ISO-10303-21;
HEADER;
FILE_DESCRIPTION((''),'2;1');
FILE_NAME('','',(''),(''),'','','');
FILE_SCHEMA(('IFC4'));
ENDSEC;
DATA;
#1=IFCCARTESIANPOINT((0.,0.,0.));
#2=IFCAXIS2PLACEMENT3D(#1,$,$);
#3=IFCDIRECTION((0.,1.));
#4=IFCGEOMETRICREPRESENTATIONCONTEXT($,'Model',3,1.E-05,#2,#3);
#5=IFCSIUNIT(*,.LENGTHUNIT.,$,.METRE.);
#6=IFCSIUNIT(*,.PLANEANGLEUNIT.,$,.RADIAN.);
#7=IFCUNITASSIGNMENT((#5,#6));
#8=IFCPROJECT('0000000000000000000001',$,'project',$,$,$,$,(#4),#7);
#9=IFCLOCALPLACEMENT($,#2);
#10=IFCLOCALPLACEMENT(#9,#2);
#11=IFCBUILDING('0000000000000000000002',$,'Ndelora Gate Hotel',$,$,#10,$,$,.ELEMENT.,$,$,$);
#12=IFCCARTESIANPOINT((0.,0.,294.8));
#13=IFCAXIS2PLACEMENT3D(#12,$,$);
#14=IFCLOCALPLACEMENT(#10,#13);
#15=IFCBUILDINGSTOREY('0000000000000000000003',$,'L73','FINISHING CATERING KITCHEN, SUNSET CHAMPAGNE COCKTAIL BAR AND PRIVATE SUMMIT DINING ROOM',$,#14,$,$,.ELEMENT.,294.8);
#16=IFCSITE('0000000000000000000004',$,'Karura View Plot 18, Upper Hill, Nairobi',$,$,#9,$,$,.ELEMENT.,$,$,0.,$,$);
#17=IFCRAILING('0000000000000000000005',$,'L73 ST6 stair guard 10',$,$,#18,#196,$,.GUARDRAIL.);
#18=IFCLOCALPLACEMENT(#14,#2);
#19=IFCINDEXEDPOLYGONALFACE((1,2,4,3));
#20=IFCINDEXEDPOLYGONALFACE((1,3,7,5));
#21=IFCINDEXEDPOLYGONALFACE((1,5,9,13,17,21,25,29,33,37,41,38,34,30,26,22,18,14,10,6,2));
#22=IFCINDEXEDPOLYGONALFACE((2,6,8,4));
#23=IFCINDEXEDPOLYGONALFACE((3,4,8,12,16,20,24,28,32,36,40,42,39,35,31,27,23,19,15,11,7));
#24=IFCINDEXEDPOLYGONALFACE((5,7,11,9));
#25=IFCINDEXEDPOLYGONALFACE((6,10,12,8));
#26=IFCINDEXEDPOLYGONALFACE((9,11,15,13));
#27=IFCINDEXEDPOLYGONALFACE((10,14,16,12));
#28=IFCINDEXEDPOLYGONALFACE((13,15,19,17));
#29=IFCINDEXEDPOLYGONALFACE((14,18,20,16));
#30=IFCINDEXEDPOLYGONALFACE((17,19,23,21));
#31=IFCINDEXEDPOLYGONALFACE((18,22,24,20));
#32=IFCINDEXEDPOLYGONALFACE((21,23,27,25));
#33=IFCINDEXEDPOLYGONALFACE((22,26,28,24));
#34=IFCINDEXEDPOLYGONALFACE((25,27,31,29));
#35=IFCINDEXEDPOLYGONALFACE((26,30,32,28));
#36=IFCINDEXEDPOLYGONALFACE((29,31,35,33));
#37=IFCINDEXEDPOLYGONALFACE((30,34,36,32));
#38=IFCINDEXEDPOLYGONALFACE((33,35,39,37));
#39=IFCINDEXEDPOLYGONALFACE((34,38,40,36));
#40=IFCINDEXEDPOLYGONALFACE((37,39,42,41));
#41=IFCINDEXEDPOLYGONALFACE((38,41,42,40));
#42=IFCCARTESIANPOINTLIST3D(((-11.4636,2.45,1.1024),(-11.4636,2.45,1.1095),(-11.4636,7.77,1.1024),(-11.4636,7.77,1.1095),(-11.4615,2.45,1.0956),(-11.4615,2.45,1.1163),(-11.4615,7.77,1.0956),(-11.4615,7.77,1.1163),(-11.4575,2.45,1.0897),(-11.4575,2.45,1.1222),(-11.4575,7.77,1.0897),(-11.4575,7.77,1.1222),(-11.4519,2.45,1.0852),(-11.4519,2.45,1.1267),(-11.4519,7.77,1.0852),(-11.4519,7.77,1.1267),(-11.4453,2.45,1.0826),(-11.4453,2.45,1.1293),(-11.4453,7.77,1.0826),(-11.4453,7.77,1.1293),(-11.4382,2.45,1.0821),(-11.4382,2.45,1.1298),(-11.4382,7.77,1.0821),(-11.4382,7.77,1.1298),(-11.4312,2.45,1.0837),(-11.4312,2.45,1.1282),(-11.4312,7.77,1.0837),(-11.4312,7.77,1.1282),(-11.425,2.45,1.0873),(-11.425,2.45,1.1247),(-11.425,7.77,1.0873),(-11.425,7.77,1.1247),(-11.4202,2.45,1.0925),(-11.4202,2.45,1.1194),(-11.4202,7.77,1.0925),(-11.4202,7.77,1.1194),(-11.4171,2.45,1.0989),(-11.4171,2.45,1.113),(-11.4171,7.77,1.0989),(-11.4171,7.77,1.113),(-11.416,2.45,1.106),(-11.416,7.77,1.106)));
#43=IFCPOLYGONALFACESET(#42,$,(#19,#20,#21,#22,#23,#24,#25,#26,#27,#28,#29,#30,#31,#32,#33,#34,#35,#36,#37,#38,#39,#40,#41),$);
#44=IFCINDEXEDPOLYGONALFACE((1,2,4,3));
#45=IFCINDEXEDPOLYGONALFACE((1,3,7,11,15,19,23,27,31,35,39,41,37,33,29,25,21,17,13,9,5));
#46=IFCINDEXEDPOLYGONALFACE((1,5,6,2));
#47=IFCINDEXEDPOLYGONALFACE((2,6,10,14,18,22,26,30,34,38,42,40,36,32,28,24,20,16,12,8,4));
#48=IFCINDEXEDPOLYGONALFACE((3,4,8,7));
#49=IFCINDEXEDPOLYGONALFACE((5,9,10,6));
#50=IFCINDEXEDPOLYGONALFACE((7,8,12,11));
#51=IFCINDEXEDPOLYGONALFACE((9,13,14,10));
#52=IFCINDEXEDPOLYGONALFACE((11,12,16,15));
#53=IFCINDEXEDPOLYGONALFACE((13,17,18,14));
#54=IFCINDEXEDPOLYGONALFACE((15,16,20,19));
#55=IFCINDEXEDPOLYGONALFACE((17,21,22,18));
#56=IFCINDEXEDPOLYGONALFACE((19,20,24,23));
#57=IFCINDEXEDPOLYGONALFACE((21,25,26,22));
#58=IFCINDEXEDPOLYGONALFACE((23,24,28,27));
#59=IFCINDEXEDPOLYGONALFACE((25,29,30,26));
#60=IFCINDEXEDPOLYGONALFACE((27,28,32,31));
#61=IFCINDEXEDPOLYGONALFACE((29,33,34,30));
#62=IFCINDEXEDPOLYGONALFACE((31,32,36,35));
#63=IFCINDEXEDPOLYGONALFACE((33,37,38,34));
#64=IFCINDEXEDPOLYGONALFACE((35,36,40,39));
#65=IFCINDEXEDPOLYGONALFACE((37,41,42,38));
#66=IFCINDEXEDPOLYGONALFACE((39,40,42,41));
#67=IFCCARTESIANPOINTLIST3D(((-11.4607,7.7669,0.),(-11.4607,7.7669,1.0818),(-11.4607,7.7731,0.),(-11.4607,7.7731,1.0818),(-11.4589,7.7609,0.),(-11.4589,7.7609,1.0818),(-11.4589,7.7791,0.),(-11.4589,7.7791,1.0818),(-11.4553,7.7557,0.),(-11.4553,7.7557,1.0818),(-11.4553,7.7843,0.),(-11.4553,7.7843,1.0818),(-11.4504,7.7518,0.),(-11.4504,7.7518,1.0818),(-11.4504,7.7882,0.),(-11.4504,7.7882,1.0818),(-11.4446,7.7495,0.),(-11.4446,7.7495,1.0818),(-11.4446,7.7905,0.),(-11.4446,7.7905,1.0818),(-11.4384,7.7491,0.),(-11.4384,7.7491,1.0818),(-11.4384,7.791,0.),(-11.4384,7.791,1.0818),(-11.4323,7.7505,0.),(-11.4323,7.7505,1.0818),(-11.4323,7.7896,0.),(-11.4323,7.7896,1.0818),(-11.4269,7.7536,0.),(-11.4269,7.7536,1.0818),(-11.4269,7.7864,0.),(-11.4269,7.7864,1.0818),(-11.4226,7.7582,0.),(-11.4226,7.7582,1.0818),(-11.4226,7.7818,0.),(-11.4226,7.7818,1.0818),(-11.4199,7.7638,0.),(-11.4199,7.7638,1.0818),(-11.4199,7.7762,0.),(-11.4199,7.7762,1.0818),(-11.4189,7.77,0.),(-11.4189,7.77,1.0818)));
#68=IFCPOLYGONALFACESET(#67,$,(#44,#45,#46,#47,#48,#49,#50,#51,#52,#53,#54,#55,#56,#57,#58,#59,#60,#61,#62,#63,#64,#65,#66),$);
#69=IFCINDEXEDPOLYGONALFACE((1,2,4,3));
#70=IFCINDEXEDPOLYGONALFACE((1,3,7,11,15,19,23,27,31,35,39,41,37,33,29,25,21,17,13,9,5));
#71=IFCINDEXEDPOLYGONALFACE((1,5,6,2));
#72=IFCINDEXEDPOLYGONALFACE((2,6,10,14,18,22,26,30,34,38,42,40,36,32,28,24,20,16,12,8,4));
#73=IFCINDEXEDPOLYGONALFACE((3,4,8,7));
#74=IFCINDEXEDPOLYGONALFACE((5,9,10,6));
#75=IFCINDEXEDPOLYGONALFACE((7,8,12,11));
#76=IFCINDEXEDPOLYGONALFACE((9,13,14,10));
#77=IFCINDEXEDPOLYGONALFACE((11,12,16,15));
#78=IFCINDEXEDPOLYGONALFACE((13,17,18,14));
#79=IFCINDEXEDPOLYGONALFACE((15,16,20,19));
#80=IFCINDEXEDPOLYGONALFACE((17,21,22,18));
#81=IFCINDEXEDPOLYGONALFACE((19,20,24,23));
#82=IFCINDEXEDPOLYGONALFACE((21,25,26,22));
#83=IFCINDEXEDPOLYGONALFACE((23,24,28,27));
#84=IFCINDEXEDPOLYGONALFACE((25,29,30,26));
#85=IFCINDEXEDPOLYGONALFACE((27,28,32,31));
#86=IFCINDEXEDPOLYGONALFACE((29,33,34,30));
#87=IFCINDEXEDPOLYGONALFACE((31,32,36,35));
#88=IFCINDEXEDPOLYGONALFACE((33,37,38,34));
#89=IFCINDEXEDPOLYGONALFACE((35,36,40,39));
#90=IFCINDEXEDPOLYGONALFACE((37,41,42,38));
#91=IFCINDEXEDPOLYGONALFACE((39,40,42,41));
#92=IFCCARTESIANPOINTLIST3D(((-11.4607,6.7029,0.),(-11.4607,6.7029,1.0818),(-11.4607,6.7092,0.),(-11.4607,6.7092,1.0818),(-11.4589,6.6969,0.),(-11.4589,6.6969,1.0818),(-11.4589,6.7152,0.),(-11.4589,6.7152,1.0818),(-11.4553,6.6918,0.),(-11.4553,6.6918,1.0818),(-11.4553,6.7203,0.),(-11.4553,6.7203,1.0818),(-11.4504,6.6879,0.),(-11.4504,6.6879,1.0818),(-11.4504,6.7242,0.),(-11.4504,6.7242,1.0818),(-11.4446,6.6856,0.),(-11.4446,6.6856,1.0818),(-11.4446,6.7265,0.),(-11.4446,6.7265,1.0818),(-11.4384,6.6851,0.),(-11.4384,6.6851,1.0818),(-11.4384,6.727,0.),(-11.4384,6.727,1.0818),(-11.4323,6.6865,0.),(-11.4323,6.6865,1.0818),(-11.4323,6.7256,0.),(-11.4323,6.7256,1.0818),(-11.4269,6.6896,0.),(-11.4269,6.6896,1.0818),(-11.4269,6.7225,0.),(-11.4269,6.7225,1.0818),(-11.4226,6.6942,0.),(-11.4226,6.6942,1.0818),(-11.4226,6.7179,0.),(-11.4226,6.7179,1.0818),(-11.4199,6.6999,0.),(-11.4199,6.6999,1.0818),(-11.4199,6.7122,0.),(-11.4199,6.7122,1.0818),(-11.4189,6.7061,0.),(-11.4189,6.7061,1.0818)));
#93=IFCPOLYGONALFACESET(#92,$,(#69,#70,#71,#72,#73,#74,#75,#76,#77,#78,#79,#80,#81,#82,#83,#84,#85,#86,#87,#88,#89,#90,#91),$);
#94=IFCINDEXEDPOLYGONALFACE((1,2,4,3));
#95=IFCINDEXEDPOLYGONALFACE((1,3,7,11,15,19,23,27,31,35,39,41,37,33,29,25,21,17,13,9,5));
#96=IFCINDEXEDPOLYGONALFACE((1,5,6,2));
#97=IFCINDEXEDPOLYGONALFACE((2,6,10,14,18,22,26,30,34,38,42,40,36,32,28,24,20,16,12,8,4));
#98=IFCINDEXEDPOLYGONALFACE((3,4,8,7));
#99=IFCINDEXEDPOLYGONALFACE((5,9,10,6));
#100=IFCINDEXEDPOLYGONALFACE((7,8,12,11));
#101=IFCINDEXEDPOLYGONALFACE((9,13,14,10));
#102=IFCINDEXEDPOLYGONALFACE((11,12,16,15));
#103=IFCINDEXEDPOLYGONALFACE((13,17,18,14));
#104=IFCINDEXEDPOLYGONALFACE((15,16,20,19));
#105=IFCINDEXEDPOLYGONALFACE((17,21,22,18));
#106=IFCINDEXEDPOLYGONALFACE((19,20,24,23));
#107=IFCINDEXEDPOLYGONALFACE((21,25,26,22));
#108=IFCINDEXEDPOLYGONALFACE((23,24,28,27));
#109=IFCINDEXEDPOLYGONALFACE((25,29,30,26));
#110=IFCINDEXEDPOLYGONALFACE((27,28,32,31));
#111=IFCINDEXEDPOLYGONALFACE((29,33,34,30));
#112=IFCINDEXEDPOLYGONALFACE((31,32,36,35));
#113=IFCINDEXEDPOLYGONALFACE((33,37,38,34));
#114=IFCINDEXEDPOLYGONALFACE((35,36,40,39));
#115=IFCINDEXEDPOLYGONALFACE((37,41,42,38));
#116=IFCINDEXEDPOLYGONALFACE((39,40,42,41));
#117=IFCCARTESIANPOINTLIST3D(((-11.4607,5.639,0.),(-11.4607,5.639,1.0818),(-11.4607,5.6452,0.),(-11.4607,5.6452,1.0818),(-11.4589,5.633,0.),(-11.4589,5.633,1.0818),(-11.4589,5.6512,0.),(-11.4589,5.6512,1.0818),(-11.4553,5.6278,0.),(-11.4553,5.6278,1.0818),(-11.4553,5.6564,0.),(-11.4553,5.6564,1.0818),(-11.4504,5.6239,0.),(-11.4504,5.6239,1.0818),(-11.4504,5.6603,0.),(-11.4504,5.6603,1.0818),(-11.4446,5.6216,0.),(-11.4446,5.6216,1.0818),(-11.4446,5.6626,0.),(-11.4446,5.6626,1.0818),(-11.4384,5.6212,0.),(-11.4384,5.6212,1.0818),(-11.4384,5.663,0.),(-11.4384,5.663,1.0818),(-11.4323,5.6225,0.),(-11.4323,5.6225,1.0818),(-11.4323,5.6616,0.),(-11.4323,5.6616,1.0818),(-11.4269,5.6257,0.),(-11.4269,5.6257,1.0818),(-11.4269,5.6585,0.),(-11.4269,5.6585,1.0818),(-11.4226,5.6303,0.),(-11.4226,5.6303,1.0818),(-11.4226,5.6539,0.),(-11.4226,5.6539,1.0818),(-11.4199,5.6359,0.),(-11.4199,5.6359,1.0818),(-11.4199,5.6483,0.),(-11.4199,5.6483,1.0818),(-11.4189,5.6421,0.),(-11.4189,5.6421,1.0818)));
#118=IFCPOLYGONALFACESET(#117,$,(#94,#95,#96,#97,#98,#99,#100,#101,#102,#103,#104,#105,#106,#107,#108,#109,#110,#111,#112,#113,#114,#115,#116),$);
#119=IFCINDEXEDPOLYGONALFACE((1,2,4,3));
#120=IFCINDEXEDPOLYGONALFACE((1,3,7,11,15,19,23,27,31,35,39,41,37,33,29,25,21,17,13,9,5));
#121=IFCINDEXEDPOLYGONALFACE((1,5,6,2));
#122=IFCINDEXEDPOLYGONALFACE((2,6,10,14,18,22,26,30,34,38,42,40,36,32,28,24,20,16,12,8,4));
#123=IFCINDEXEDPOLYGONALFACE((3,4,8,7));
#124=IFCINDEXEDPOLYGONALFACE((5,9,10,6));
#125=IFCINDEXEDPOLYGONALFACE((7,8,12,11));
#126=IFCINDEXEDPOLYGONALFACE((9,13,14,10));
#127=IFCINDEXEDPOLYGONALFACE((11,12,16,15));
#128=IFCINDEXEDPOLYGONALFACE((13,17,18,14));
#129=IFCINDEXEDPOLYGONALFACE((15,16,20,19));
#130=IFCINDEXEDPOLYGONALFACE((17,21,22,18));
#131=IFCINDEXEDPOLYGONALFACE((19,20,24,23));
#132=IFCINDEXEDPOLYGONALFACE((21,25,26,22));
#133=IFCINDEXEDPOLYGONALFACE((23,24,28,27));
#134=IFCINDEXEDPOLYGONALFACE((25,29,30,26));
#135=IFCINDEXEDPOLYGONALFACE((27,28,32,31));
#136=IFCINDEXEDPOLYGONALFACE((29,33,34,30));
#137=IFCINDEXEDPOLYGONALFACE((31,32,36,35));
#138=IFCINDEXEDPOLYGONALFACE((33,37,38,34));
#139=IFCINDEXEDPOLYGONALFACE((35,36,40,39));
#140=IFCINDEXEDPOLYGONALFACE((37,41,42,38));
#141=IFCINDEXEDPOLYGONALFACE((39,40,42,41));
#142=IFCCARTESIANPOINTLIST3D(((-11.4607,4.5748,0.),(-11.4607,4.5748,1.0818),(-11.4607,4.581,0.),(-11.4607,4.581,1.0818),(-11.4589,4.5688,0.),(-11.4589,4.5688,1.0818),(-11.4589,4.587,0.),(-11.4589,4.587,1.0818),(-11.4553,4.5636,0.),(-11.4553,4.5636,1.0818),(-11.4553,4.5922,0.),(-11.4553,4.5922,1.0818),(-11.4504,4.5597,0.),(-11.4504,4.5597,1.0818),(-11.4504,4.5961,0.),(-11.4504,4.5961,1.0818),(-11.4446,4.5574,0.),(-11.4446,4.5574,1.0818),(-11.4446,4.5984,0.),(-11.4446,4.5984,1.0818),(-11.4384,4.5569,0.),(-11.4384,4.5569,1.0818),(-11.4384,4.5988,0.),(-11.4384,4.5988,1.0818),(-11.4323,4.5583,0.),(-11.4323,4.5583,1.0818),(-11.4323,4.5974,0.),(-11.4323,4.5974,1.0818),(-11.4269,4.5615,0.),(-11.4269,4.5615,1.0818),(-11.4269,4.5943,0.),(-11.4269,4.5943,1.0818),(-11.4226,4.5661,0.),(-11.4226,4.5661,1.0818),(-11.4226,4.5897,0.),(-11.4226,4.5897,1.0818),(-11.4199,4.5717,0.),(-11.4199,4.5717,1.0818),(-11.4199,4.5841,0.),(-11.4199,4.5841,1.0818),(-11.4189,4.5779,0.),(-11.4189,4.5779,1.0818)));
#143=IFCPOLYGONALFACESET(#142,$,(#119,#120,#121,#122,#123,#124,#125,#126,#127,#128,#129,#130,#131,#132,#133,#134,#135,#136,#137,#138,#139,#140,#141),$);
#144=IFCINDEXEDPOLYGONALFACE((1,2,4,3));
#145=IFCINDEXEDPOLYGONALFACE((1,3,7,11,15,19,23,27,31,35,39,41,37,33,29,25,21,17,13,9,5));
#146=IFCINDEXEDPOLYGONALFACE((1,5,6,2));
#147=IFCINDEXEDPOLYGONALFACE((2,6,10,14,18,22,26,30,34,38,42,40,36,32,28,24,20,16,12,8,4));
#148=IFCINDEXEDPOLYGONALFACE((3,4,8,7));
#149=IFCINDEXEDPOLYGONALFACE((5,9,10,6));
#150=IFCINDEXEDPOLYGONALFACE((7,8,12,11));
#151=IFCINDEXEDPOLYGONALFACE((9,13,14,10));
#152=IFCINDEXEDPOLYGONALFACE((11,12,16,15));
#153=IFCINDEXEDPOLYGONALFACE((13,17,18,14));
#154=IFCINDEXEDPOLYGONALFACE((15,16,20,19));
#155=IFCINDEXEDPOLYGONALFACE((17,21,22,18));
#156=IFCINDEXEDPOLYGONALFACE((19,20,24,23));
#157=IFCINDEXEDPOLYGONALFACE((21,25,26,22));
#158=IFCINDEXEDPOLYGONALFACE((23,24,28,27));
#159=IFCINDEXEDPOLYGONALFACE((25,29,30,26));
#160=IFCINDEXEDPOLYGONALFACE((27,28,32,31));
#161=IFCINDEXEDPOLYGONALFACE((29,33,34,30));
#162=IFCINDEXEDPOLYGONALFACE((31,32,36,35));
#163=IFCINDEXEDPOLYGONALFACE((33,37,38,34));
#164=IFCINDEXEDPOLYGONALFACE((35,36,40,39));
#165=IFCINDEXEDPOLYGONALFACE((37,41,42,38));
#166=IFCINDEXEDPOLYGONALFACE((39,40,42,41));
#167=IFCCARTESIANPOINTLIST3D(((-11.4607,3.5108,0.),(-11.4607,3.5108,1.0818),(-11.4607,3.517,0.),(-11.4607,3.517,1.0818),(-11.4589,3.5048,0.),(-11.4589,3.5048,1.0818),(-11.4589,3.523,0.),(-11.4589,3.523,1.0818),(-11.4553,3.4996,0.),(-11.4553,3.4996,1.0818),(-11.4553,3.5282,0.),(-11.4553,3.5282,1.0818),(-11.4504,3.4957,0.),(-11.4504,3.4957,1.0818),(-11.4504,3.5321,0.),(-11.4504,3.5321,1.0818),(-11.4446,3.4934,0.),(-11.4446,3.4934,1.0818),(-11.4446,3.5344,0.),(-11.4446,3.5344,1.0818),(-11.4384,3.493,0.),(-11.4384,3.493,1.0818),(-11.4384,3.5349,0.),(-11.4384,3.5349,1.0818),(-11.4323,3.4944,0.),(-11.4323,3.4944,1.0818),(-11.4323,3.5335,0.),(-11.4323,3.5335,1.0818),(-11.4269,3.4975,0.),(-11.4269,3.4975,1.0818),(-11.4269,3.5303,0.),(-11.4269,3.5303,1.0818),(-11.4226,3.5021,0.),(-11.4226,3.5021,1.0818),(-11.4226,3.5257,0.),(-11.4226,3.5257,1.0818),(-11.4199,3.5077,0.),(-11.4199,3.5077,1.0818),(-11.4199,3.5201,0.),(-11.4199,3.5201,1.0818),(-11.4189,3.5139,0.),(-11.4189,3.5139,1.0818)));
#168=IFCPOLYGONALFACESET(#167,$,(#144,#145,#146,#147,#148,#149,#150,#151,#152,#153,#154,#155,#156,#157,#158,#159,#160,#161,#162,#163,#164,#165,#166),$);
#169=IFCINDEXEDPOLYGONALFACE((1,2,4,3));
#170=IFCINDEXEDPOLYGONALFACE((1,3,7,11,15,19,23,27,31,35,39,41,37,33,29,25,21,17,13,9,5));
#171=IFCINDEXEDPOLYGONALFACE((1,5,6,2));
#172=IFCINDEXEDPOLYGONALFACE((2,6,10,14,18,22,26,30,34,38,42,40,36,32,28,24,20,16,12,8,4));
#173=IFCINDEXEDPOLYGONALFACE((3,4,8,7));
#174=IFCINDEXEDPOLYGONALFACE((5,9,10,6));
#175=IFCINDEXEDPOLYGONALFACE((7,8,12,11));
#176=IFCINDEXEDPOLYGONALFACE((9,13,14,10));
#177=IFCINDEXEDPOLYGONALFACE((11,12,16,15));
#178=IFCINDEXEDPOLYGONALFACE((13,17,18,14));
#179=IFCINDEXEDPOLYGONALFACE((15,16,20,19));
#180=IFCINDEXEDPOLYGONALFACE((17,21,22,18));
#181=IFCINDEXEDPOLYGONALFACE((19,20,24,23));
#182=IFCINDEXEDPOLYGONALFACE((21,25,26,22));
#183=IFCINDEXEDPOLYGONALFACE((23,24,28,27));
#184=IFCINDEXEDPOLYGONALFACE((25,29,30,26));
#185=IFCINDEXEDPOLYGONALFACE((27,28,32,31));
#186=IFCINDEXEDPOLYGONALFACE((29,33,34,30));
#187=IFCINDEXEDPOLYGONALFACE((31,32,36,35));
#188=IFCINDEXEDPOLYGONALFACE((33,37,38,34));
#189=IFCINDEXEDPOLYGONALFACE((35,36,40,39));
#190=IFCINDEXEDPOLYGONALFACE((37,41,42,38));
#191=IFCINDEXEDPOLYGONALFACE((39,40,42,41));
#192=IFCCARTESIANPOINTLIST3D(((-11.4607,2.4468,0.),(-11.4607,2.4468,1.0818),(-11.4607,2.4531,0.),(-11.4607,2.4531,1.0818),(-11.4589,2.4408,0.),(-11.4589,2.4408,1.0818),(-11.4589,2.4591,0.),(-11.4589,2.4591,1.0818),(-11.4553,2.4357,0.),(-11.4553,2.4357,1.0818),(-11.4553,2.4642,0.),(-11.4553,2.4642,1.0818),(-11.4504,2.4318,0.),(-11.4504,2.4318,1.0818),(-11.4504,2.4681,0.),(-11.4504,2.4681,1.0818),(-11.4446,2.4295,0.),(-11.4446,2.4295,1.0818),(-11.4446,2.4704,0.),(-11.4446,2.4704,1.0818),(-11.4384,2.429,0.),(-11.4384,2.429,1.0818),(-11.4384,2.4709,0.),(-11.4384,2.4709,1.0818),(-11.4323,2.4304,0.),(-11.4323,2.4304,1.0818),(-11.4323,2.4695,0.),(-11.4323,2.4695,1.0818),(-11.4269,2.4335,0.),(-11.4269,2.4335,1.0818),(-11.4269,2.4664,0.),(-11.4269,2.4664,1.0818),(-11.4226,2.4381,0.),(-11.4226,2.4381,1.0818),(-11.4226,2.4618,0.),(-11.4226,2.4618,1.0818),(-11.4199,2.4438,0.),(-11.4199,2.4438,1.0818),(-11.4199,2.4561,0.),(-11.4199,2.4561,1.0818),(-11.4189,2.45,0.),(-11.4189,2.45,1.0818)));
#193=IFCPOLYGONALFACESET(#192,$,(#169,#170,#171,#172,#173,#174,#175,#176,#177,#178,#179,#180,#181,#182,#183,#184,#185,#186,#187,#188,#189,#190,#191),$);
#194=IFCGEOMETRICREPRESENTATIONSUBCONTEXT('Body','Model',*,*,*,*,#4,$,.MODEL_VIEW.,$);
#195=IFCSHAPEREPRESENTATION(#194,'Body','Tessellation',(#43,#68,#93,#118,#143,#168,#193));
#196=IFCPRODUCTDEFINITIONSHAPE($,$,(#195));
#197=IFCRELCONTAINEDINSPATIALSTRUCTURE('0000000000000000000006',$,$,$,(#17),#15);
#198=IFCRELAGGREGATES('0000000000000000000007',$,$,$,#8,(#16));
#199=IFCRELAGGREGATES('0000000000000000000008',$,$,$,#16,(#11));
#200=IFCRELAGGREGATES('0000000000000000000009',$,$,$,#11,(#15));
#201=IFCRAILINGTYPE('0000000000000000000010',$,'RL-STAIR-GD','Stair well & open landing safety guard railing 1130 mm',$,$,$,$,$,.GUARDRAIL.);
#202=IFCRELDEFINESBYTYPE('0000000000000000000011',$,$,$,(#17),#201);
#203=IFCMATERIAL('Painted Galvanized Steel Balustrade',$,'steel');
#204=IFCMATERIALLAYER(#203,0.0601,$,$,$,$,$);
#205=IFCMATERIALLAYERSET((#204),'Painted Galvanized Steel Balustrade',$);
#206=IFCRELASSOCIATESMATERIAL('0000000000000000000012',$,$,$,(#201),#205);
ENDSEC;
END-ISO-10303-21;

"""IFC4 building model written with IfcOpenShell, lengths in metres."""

from ifc_helpers import new_model, si_unit, direction, frame, origin, origin_2d, place, context, subcontext, project, spatial, circle, extrude, material, layer, layer_set, type_object, element, save


model = new_model("IFC4")

# Units and contexts
model_context = context("Model", 3, precision=1e-05, world=origin(), true_north=direction((0.0, 1.0)))
body_context = subcontext(model_context, "Body", "Model", "MODEL_VIEW")
ifc_project = project(units=[si_unit("LENGTHUNIT", "METRE"), si_unit("PLANEANGLEUNIT", "RADIAN")], contexts=[model_context])

# Site, building, storey
site_placement = place(None, origin())
site = spatial("IfcSite", under=ifc_project, at=site_placement, Name="Karura View Plot 18, Upper Hill, Nairobi", CompositionType="ELEMENT", RefElevation=0.0)
building_placement = place(site_placement, origin())
building = spatial("IfcBuilding", under=site, at=building_placement, Name="Ndelora Gate Hotel", CompositionType="ELEMENT")
storey_placement = place(building_placement, frame((0.0, 0.0, 294.8)))
storey = spatial("IfcBuildingStorey", under=building, at=storey_placement, Name="L73", Description="FINISHING CATERING KITCHEN, SUNSET CHAMPAGNE COCKTAIL BAR AND PRIVATE SUMMIT DINING ROOM", CompositionType="ELEMENT", Elevation=294.8)

# Railing
ifc_material_1 = material(Name="Painted Galvanized Steel Balustrade", Category="steel")
ifc_layer_1 = layer(ifc_material_1, 0.0601)
ifc_layer_set_1 = layer_set([ifc_layer_1], Name="Painted Galvanized Steel Balustrade")
railing_type_1 = type_object("IfcRailingType", Name="RL-STAIR-GD", Description="Stair well & open landing safety guard railing 1130 mm", PredefinedType="GUARDRAIL", material=ifc_layer_set_1)
for number, where, name in (
    (1, (-11.4399, 7.77, 0.0), "L73 ST6 stair guard 10"),
):
    element("IfcRailing", number, at=place(storey_placement, frame(where)), inside=storey, type_object=railing_type_1, Name=name, PredefinedType="GUARDRAIL", context=body_context, shape_type="SweptSolid", body=[
        extrude(circle(Radius=0.0239, at=origin_2d()), frame((0.0, 0.0, 1.106), z_axis=(0.0, -1.0, 0.0), x_axis=(1.0, 0.0, 0.0)), (0.0, 0.0, 1.0), 5.3201),
        extrude(circle(Radius=0.021, at=origin_2d()), origin(), (0.0, 0.0, 1.0), 1.0818),
        extrude(circle(Radius=0.021, at=origin_2d()), frame((0.0, -1.064, 0.0)), (0.0, 0.0, 1.0), 1.0818),
        extrude(circle(Radius=0.021, at=origin_2d()), frame((0.0, -2.1279, 0.0)), (0.0, 0.0, 1.0), 1.0818),
        extrude(circle(Radius=0.021, at=origin_2d()), frame((0.0, -3.1921, 0.0)), (0.0, 0.0, 1.0), 1.0818),
        extrude(circle(Radius=0.021, at=origin_2d()), frame((0.0, -4.2561, 0.0)), (0.0, 0.0, 1.0), 1.0818),
        extrude(circle(Radius=0.021, at=origin_2d()), frame((0.0, -5.3201, 0.0)), (0.0, 0.0, 1.0), 1.0818),
    ])

save(model, "model.ifc")
